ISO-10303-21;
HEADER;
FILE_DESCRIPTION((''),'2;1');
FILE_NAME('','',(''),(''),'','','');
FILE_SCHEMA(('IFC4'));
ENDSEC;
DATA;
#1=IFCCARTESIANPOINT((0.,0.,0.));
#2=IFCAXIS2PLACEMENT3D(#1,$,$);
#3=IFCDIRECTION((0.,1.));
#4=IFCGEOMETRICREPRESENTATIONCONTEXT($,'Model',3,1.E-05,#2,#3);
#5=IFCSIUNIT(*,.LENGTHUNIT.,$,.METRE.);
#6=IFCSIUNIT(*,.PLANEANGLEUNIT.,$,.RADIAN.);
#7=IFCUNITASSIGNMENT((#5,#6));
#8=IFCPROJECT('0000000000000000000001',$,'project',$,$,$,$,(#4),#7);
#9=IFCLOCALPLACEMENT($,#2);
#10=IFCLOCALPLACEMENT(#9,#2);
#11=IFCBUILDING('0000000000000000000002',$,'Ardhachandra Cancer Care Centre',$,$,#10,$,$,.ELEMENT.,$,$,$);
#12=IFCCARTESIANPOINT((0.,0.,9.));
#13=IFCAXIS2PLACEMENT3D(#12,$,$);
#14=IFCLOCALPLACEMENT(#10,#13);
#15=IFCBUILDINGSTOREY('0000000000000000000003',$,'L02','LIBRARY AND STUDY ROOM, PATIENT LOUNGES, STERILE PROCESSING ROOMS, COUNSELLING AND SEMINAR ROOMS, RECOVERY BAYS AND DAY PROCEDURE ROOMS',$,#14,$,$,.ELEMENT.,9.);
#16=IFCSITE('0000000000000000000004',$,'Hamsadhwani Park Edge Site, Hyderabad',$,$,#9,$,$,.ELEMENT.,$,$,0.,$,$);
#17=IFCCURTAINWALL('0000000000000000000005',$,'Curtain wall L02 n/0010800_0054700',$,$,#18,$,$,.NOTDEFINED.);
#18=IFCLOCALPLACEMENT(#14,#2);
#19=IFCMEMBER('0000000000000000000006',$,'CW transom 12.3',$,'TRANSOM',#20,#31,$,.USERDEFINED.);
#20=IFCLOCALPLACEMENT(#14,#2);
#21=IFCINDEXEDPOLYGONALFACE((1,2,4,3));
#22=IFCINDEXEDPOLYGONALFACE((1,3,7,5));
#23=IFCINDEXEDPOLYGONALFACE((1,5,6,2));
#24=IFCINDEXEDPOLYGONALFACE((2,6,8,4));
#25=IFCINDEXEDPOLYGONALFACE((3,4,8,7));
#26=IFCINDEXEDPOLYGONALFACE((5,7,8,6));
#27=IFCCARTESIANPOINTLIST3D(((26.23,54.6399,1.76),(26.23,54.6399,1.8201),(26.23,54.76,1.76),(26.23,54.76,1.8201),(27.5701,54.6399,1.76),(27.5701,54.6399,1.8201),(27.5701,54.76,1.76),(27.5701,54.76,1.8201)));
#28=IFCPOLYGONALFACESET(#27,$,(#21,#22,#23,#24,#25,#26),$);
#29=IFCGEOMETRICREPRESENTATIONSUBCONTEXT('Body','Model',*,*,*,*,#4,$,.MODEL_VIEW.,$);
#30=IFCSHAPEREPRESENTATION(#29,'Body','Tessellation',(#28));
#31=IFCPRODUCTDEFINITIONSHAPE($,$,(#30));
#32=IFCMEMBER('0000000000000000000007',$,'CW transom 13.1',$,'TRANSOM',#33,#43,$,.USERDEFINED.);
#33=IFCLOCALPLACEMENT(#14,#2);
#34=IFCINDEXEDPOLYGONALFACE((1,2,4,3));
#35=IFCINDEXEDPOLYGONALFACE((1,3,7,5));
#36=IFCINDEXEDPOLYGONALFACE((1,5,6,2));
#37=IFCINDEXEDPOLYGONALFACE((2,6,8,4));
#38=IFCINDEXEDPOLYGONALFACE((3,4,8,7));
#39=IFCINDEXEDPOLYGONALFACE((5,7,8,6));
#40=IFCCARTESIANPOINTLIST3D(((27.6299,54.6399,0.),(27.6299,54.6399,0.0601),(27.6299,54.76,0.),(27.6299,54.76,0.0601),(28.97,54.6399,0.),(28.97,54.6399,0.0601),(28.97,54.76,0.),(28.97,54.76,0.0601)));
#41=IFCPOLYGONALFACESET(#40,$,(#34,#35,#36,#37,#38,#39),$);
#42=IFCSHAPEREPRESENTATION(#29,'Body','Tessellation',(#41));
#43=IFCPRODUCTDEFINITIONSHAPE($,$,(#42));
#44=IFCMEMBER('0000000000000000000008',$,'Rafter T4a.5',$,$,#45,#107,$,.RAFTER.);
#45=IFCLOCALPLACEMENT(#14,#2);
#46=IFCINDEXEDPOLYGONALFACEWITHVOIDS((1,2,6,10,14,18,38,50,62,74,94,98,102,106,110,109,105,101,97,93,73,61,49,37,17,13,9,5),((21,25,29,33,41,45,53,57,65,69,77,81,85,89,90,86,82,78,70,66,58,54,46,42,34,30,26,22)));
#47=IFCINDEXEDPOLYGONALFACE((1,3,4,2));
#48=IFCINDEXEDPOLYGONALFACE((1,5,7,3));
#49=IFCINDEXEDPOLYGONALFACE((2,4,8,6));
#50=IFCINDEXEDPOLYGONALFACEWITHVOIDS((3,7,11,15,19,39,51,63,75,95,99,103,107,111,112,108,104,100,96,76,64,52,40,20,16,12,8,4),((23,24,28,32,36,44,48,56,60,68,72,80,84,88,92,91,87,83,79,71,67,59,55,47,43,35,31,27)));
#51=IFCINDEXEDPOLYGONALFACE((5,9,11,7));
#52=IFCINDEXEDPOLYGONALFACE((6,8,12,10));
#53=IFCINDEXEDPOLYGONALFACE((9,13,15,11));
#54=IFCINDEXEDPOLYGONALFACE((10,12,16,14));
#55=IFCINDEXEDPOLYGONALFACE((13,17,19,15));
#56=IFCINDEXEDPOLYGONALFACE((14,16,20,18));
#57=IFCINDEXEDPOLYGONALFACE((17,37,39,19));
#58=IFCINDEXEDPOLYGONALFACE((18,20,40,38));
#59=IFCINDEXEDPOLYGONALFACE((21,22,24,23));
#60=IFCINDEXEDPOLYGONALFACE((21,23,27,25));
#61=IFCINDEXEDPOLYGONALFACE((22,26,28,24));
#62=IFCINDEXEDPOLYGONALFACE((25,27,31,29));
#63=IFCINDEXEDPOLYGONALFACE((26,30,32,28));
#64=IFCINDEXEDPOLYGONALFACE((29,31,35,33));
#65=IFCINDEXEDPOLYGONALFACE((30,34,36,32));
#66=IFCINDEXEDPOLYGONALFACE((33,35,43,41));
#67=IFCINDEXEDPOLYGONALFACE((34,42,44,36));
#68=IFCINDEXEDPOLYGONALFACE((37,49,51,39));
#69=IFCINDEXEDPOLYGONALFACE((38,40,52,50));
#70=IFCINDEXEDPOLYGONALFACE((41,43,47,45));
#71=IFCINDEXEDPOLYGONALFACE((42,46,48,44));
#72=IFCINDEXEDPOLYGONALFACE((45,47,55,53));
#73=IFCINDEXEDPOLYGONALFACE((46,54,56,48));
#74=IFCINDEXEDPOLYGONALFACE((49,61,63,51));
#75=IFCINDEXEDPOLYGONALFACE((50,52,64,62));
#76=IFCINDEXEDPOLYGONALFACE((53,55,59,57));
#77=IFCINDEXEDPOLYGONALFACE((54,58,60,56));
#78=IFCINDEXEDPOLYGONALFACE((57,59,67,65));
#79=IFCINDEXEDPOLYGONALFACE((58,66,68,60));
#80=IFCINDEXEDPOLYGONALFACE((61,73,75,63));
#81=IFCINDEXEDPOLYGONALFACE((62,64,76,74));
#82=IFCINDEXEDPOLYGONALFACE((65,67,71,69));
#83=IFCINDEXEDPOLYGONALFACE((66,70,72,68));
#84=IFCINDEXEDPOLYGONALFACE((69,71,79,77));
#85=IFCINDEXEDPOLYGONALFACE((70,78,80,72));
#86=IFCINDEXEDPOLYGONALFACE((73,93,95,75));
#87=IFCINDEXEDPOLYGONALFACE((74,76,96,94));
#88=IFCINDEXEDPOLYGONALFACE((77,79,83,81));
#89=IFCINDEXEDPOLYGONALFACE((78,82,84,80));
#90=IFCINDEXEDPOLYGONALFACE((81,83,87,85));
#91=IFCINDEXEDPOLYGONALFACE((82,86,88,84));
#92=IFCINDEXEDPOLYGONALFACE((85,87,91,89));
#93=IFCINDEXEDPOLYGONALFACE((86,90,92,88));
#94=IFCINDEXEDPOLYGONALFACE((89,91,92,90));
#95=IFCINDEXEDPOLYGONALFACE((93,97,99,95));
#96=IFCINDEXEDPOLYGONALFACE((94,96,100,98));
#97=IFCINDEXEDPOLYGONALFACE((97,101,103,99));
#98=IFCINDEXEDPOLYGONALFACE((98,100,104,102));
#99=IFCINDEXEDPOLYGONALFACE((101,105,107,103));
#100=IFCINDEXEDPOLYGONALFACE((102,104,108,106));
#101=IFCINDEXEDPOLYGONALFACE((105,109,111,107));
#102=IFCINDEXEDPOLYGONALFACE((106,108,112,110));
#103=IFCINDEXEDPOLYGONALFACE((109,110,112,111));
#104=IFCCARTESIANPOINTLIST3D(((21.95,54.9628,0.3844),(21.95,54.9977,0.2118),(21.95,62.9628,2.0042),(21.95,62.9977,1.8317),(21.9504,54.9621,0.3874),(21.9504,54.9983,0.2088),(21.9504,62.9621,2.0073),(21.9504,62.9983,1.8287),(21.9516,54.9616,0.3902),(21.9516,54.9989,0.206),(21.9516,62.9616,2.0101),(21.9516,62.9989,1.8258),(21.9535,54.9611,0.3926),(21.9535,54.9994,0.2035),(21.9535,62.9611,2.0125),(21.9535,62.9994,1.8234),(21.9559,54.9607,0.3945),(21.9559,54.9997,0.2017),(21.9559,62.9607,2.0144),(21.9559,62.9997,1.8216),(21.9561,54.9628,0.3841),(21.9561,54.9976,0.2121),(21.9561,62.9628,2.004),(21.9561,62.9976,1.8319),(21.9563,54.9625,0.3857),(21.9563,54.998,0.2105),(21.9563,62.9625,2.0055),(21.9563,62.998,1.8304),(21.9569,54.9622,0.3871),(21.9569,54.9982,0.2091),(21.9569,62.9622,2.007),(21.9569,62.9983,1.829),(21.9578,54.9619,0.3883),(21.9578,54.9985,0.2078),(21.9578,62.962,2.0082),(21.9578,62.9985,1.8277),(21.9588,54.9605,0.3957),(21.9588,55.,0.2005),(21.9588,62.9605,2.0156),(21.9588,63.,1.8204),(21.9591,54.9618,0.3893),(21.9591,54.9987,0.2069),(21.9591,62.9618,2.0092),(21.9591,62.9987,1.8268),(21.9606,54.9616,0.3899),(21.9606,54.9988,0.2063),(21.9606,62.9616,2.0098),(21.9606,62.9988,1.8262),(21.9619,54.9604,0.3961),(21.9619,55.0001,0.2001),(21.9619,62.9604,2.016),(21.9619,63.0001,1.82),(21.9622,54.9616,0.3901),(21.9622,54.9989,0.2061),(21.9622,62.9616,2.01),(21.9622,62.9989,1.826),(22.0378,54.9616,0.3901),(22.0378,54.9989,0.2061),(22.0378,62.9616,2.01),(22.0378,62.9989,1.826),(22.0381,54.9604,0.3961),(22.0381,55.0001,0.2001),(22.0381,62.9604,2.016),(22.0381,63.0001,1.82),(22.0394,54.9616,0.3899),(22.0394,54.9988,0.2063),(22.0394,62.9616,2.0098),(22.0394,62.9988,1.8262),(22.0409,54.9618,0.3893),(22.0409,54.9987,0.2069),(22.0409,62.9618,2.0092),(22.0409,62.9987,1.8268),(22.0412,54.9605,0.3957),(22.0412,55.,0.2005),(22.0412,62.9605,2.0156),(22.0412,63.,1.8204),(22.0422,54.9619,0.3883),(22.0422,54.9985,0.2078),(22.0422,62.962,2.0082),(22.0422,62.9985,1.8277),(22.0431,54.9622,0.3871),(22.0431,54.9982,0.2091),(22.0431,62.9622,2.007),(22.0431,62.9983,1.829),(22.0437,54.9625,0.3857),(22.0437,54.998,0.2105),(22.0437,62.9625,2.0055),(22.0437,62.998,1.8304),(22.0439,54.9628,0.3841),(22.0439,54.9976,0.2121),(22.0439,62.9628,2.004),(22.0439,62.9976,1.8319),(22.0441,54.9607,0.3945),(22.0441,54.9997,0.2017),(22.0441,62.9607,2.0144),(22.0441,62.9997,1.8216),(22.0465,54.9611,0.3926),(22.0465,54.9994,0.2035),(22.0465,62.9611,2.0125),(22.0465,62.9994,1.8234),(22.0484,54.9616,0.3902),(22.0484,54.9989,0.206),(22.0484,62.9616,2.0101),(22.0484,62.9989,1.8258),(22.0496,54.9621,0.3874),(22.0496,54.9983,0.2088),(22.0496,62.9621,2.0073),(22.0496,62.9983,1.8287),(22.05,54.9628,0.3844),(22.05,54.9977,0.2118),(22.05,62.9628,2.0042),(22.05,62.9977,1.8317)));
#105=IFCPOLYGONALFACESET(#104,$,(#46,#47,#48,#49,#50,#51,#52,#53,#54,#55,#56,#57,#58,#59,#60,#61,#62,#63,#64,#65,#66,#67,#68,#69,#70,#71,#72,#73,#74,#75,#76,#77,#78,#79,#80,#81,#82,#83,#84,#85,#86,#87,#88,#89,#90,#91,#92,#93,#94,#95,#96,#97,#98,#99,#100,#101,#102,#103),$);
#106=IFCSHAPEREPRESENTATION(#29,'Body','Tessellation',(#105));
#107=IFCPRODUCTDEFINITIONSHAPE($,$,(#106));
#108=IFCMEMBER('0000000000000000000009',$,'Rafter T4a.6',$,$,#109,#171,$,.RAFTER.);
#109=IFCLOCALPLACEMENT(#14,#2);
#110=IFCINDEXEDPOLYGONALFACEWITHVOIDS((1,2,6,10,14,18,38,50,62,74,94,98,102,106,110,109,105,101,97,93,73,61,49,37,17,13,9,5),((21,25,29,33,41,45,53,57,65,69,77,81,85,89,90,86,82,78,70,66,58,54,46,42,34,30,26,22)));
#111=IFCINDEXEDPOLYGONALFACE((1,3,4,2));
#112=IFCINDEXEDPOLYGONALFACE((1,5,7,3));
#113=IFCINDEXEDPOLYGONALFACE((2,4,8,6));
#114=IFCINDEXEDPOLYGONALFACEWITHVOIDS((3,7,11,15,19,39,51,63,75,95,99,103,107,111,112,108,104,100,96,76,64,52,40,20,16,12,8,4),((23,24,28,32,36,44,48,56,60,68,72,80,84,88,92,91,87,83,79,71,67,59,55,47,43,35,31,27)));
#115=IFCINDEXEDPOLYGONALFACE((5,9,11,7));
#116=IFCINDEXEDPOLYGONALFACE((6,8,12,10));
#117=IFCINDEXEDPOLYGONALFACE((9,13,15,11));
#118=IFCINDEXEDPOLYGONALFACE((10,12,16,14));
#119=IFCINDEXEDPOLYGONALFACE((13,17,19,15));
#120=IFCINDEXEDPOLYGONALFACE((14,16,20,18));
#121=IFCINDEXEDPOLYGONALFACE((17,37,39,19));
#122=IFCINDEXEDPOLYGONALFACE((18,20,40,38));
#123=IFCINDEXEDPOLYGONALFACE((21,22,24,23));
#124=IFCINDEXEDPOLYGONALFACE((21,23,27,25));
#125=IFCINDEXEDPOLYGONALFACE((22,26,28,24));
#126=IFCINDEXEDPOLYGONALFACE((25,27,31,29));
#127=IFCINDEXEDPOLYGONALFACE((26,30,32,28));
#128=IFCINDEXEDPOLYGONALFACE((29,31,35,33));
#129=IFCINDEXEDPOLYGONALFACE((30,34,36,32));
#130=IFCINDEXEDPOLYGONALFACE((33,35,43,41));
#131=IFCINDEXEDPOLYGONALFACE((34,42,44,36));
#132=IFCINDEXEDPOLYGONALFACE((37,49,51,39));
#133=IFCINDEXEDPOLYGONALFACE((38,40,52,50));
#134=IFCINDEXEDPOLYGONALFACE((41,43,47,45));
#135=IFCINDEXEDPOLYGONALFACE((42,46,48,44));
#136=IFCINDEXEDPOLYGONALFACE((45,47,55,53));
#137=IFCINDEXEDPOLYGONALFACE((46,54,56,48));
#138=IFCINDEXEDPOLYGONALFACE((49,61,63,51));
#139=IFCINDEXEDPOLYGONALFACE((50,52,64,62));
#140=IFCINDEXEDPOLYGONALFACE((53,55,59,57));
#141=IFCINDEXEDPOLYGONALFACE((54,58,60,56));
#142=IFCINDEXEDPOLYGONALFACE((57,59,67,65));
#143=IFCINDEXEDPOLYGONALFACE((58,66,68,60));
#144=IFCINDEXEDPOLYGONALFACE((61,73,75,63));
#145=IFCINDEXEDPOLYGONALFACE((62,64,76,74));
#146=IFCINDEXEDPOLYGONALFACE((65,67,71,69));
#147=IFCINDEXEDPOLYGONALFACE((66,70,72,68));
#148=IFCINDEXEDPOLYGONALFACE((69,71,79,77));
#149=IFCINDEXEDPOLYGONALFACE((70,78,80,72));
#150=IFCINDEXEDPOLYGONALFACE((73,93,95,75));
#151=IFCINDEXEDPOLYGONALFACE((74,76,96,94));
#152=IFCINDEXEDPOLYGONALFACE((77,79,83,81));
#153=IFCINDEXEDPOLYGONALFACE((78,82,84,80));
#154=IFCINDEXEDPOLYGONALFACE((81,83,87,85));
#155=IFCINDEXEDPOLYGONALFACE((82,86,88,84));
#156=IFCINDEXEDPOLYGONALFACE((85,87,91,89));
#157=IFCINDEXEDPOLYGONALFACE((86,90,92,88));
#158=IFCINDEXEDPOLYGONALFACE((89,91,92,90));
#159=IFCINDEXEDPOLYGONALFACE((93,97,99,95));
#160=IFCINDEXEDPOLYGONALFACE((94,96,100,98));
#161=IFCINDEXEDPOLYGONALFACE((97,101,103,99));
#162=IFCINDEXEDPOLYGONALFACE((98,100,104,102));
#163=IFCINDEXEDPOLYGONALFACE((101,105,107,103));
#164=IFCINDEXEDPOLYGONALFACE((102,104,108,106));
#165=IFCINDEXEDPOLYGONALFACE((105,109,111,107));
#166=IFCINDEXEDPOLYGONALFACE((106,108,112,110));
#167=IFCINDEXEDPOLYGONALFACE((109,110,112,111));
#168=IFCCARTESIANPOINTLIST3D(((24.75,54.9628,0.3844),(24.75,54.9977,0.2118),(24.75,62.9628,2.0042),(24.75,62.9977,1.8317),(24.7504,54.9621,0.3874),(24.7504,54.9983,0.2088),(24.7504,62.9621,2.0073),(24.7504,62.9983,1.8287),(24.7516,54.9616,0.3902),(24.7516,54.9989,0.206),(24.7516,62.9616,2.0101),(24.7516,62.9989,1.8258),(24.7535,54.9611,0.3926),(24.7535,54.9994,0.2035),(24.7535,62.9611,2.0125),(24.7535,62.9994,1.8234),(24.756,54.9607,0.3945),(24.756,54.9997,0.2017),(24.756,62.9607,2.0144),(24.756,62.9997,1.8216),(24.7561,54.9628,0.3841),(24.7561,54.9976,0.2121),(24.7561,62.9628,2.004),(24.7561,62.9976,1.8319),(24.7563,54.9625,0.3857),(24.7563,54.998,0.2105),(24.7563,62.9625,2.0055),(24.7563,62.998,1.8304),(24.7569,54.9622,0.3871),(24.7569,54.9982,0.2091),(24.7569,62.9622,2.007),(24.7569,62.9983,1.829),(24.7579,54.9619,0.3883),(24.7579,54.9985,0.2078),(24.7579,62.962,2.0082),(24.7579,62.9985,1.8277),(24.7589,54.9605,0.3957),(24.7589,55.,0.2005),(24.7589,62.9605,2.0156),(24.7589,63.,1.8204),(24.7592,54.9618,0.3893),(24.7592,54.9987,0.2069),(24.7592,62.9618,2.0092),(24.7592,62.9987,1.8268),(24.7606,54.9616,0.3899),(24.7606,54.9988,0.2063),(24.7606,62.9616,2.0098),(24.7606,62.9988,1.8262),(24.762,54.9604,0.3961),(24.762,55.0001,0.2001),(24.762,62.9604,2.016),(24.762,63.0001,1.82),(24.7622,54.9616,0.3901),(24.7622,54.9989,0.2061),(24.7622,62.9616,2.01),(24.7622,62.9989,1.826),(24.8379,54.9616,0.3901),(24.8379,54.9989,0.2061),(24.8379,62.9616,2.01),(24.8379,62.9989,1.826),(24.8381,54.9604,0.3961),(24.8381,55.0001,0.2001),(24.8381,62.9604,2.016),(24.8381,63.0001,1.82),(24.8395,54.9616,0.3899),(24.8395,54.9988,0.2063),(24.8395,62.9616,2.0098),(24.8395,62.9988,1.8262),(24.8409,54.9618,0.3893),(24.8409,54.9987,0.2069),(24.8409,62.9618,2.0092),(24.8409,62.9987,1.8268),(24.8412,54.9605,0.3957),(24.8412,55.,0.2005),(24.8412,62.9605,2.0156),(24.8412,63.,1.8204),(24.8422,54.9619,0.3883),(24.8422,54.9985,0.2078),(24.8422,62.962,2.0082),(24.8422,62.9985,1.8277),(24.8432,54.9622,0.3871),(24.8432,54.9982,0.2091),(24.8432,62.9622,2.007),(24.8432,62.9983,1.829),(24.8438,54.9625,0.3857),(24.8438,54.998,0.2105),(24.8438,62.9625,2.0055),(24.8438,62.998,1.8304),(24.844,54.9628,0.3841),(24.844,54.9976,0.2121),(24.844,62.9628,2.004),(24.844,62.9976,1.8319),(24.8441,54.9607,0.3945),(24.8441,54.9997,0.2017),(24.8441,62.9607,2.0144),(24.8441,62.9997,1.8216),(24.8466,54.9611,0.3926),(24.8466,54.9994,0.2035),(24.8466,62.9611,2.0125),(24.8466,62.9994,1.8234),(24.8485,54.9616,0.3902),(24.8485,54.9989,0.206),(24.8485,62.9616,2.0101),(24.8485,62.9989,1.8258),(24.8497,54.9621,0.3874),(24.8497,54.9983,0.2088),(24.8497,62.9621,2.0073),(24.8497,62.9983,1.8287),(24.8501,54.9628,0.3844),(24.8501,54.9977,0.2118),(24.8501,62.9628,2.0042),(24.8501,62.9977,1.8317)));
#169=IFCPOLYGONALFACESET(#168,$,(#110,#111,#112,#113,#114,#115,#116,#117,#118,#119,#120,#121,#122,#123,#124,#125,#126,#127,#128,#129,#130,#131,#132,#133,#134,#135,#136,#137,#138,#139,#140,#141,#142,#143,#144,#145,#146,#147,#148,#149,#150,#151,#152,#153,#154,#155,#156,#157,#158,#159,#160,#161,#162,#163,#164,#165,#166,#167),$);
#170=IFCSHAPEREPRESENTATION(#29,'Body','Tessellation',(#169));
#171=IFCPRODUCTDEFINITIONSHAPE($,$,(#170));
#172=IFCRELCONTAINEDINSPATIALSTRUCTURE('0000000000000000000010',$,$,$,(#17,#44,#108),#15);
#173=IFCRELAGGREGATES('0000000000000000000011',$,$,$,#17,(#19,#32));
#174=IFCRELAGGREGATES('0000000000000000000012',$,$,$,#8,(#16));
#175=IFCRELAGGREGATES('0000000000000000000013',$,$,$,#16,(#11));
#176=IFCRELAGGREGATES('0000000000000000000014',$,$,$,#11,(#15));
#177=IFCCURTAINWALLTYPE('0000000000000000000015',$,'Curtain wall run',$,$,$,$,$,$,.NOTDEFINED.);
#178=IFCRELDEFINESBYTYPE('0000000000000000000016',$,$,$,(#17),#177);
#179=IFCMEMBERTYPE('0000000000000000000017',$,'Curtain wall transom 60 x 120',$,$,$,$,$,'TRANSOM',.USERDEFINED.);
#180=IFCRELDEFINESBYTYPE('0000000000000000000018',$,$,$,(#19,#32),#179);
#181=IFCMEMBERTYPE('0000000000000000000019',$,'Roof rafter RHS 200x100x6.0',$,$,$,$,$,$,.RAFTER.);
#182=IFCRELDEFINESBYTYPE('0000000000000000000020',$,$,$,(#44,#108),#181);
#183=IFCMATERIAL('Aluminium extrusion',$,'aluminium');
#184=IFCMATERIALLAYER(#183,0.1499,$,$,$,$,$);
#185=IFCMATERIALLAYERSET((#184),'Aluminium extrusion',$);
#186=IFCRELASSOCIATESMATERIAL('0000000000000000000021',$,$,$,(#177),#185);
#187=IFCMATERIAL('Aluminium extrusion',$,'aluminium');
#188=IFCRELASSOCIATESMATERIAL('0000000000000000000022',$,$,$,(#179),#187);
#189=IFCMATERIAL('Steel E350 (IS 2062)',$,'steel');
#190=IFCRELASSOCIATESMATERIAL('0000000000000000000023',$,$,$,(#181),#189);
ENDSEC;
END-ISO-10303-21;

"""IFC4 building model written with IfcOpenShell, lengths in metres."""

from ifc_helpers import new_model, si_unit, direction, frame, origin, origin_2d, place, context, subcontext, project, spatial, rectangle, hollow_rectangle, extrude, material, layer, layer_set, material_profile, profile_set, type_object, element, aggregate, save


model = new_model("IFC4")

# Units and contexts
model_context = context("Model", 3, precision=1e-05, world=origin(), true_north=direction((0.0, 1.0)))
body_context = subcontext(model_context, "Body", "Model", "MODEL_VIEW")
ifc_project = project(units=[si_unit("LENGTHUNIT", "METRE"), si_unit("PLANEANGLEUNIT", "RADIAN")], contexts=[model_context])

# Site, building, storey
site_placement = place(None, origin())
site = spatial("IfcSite", under=ifc_project, at=site_placement, Name="Hamsadhwani Park Edge Site, Hyderabad", CompositionType="ELEMENT", RefElevation=0.0)
building_placement = place(site_placement, origin())
building = spatial("IfcBuilding", under=site, at=building_placement, Name="Ardhachandra Cancer Care Centre", CompositionType="ELEMENT")
storey_placement = place(building_placement, frame((0.0, 0.0, 9.0)))
storey = spatial("IfcBuildingStorey", under=building, at=storey_placement, Name="L02", Description="LIBRARY AND STUDY ROOM, PATIENT LOUNGES, STERILE PROCESSING ROOMS, COUNSELLING AND SEMINAR ROOMS, RECOVERY BAYS AND DAY PROCEDURE ROOMS", CompositionType="ELEMENT", Elevation=9.0)

# Curtain wall, members
ifc_material_1 = material(Name="Aluminium extrusion", Category="aluminium")
ifc_layer_1 = layer(ifc_material_1, 0.1499)
ifc_layer_set_1 = layer_set([ifc_layer_1], Name="Aluminium extrusion")
curtain_wall_type = type_object("IfcCurtainWallType", Name="Curtain wall run", PredefinedType="NOTDEFINED", material=ifc_layer_set_1)
curtain_wall_placement = place(storey_placement, origin())
curtain_wall = element("IfcCurtainWall", 1, at=curtain_wall_placement, inside=storey, type_object=curtain_wall_type, Name="Curtain wall L02 n/0010800_0054700", PredefinedType="NOTDEFINED")
ifc_material_2 = material(Name="Aluminium extrusion", Category="aluminium")
ifc_material_profile_1 = material_profile(ifc_material_2, rectangle(XDim=0.1201, YDim=0.0601, at=origin_2d()), Name="Curtain wall transom 60 x 120")
ifc_profile_set_1 = profile_set([ifc_material_profile_1], Name="Aluminium extrusion")
member_type_1 = type_object("IfcMemberType", Name="Curtain wall transom 60 x 120", ElementType="TRANSOM", PredefinedType="USERDEFINED", material=ifc_profile_set_1)
member_1_placement = place(storey_placement, frame((26.23, 54.7, 1.79), z_axis=(1.0, 0.0, 0.0), x_axis=(0.0, 1.0, 0.0)))
member_1 = element("IfcMember", 2, at=member_1_placement, type_object=member_type_1, Name="CW transom 12.3", ObjectType="TRANSOM", PredefinedType="USERDEFINED", context=body_context, shape_type="SweptSolid", body=[
    extrude(rectangle(XDim=0.1201, YDim=0.0601, at=origin_2d()), origin(), (0.0, 0.0, 1.0), 1.3401),
])
member_2_placement = place(storey_placement, frame((27.6299, 54.7, 0.03), z_axis=(1.0, 0.0, 0.0), x_axis=(0.0, 1.0, 0.0)))
member_2 = element("IfcMember", 3, at=member_2_placement, type_object=member_type_1, Name="CW transom 13.1", ObjectType="TRANSOM", PredefinedType="USERDEFINED", context=body_context, shape_type="SweptSolid", body=[
    extrude(rectangle(XDim=0.1201, YDim=0.0601, at=origin_2d()), origin(), (0.0, 0.0, 1.0), 1.3401),
])

# Members
ifc_material_3 = material(Name="Steel E350 (IS 2062)", Category="steel")
ifc_material_profile_2 = material_profile(ifc_material_3, hollow_rectangle(XDim=0.1001, YDim=0.2, WallThickness=0.0061, InnerFilletRadius=0.0061, OuterFilletRadius=0.012, at=origin_2d()), Name="RHS 200x100x6.0")
ifc_profile_set_2 = profile_set([ifc_material_profile_2], Name="Steel E350 (IS 2062)")
member_type_2 = type_object("IfcMemberType", Name="Roof rafter RHS 200x100x6.0", PredefinedType="RAFTER", material=ifc_profile_set_2)
for number, where, z_axis, x_axis, name in (
    (4, (22.0, 54.9802, 0.2981), (0.0, 0.98011, 0.198457), (-1.0, 0.0, 0.0), "Rafter T4a.5"),
    (5, (24.8, 54.9802, 0.2981), (0.0, 0.98011, 0.198457), (-1.0, 0.0, 0.0), "Rafter T4a.6"),
):
    element("IfcMember", number, at=place(storey_placement, frame(where, z_axis=z_axis, x_axis=x_axis)), inside=storey, type_object=member_type_2, Name=name, PredefinedType="RAFTER", context=body_context, shape_type="SweptSolid", body=[
        extrude(hollow_rectangle(XDim=0.1001, YDim=0.2, WallThickness=0.0061, InnerFilletRadius=0.0061, OuterFilletRadius=0.012, at=origin_2d()), origin(), (0.0, 0.0, 1.0), 8.1624),
    ])

aggregate(curtain_wall, [member_1, member_2])

save(model, "model.ifc")
